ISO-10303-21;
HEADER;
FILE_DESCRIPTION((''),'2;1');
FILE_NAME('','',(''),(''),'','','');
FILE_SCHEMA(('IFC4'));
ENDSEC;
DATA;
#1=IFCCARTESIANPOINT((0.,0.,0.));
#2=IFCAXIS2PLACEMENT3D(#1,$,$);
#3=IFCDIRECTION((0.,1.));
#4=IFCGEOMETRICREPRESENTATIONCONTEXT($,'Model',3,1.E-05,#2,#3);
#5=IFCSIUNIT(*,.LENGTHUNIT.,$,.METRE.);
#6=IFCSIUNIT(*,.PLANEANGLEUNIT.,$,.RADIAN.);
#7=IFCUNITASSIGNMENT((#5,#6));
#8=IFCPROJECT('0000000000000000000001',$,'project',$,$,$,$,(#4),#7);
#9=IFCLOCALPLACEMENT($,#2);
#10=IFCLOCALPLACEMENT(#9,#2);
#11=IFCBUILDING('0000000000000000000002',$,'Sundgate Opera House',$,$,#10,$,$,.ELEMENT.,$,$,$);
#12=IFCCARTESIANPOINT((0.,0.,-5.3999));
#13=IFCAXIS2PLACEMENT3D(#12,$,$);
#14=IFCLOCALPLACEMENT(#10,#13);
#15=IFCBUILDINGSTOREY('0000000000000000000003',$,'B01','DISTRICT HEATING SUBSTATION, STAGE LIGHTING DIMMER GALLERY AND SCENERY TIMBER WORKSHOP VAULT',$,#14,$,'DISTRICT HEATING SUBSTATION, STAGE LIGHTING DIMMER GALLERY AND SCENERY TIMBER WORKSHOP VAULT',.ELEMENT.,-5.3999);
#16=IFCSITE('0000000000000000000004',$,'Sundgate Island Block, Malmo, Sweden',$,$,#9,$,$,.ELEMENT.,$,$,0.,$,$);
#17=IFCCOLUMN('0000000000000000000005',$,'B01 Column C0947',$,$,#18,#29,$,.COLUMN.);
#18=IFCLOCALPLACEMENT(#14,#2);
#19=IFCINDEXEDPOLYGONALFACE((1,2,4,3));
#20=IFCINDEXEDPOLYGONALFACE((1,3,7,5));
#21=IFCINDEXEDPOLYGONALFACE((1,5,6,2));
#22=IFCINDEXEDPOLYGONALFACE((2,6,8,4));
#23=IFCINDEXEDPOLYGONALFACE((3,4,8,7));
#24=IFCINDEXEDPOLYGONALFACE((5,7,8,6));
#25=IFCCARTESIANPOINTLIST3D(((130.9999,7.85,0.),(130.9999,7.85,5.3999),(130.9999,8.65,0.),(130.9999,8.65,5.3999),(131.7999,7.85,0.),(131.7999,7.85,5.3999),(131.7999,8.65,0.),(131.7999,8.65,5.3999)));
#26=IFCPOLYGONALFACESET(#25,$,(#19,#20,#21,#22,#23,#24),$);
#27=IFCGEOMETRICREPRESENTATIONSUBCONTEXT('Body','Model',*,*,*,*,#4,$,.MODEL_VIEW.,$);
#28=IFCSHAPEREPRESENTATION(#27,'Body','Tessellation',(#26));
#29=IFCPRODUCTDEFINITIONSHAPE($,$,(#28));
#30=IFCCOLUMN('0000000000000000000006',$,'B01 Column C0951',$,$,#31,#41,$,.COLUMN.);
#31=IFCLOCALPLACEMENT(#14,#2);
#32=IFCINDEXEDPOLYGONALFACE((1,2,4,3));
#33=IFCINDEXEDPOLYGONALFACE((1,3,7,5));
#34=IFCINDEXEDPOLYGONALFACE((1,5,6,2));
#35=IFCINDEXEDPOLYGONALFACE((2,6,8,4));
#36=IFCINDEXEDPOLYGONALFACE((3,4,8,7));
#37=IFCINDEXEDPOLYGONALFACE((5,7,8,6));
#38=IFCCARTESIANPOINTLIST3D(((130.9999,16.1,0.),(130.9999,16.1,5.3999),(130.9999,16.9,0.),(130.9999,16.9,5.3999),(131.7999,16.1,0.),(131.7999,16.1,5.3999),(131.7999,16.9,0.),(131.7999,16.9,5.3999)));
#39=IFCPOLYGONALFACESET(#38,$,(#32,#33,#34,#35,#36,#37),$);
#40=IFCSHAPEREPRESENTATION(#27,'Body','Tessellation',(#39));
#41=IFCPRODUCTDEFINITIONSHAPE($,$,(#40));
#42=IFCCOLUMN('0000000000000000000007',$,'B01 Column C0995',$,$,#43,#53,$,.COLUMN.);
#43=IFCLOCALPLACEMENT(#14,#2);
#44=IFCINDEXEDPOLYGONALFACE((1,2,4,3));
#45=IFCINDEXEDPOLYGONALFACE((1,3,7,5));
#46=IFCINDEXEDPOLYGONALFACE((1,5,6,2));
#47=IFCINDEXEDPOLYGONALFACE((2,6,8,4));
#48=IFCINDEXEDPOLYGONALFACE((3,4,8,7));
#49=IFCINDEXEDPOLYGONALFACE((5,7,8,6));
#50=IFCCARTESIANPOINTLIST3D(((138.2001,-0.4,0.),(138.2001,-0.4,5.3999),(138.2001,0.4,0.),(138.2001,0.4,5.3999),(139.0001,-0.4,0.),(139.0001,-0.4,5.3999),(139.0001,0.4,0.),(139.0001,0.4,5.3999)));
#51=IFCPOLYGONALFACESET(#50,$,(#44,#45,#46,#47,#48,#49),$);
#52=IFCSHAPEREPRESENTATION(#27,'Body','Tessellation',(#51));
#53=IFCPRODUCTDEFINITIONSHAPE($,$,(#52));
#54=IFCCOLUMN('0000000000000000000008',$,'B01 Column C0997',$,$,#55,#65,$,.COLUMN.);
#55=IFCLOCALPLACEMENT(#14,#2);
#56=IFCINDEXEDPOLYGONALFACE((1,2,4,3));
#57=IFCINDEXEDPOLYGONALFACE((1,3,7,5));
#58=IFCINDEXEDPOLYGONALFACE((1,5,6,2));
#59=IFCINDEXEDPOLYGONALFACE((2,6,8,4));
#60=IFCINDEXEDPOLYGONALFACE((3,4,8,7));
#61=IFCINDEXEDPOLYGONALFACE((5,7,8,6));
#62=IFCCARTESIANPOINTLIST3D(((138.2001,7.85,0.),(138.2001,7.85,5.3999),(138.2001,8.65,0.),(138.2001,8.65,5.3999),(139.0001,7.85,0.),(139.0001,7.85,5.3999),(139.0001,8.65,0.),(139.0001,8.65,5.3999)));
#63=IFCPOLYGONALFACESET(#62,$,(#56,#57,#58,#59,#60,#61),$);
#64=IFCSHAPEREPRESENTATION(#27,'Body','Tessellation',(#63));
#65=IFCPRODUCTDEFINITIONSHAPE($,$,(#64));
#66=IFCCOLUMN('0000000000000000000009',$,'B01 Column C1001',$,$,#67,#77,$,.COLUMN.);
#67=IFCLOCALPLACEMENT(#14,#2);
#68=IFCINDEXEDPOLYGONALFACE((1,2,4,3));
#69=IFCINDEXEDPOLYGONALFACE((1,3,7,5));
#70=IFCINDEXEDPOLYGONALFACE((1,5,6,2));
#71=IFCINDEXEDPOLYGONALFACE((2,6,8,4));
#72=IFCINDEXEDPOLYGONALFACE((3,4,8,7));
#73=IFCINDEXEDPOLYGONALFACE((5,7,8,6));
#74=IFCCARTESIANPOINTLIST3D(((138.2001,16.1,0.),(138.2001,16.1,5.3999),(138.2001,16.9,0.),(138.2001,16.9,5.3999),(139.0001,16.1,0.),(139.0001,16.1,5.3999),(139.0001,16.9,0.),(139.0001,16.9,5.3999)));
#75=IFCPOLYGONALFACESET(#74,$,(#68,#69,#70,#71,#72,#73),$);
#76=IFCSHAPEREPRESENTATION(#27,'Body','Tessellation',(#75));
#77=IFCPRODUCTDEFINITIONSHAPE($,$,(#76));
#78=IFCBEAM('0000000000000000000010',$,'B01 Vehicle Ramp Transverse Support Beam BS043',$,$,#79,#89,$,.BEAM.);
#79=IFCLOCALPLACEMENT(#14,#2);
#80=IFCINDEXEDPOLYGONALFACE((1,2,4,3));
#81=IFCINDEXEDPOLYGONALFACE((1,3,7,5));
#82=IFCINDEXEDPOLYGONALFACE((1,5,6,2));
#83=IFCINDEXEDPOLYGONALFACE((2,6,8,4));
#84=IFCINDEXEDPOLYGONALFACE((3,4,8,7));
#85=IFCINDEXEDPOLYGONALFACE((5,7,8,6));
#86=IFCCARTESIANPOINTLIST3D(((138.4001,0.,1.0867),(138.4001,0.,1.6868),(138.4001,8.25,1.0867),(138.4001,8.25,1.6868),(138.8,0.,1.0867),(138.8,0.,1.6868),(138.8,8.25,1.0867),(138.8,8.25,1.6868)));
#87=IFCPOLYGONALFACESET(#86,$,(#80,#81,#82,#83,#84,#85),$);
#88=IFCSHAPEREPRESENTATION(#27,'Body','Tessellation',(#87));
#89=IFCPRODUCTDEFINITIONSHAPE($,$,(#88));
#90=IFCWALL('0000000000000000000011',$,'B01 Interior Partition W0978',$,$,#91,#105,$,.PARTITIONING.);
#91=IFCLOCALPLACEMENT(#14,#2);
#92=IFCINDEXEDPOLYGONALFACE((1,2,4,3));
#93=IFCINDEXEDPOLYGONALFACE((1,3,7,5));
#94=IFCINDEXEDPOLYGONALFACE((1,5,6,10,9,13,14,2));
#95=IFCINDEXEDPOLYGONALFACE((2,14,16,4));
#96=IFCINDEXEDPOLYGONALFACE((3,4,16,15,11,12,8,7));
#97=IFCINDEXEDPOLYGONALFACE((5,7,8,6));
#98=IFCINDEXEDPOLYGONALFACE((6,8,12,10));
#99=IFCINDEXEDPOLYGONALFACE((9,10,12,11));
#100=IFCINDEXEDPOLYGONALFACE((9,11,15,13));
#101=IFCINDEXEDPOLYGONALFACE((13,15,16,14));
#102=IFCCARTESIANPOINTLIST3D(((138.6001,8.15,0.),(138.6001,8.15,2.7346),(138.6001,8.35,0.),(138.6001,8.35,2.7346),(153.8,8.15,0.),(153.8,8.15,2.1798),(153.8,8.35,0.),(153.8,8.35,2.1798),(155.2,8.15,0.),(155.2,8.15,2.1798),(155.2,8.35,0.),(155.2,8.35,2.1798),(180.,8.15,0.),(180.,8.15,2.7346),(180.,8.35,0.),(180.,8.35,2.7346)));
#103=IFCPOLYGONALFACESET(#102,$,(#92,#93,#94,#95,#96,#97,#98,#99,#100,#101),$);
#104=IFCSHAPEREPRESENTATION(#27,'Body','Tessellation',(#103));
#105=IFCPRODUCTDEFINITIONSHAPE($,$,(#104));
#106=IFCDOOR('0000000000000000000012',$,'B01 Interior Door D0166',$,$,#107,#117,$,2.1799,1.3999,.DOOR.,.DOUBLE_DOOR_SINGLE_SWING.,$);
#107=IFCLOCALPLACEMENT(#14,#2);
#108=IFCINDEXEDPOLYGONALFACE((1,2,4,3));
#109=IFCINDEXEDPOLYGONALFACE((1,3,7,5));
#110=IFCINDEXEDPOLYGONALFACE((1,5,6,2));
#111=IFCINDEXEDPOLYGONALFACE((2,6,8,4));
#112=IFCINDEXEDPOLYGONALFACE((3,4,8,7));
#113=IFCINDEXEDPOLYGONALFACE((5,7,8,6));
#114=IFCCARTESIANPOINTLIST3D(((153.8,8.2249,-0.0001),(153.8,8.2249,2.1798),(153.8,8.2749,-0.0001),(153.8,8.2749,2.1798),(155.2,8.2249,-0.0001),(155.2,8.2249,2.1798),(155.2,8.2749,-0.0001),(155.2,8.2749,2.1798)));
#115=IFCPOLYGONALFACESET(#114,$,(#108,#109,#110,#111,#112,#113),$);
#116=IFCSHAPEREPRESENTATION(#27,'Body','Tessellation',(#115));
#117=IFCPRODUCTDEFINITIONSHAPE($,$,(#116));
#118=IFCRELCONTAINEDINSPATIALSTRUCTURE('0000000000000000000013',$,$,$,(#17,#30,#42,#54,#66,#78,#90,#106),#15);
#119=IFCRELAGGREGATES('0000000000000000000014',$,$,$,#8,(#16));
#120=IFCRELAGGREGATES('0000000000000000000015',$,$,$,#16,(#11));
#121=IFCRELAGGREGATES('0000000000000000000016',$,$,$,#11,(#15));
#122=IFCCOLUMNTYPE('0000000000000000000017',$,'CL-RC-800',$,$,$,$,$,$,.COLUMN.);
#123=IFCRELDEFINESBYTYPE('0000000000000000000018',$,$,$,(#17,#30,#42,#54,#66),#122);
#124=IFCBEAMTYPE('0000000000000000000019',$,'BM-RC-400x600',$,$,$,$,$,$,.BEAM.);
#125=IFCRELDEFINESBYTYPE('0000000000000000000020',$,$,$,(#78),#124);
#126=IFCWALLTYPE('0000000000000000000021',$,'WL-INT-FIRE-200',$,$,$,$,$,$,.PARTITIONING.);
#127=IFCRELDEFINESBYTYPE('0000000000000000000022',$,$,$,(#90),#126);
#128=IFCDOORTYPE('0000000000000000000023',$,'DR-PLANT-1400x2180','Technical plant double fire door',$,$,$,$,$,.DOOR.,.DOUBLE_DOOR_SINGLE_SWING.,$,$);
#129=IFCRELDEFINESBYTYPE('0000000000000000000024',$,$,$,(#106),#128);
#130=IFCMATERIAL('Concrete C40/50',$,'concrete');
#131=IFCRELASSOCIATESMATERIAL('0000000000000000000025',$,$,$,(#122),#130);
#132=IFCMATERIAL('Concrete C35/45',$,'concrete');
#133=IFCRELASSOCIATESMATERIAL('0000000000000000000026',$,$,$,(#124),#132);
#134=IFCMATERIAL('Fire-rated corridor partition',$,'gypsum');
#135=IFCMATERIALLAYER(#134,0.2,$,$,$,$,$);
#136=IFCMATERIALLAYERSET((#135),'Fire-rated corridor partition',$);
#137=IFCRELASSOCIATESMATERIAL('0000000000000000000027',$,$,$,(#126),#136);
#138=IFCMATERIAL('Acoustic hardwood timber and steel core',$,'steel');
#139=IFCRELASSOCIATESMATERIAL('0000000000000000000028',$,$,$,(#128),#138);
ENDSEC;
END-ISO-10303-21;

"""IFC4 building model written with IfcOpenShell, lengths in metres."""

from ifc_helpers import new_model, si_unit, direction, frame, frame_2d, origin, origin_2d, place, context, subcontext, project, spatial, rectangle, extrude, material, layer, layer_set, material_profile, profile_set, type_object, element, fill, save


model = new_model("IFC4")

# Units and contexts
model_context = context("Model", 3, precision=1e-05, world=origin(), true_north=direction((0.0, 1.0)))
body_context = subcontext(model_context, "Body", "Model", "MODEL_VIEW")
ifc_project = project(units=[si_unit("LENGTHUNIT", "METRE"), si_unit("PLANEANGLEUNIT", "RADIAN")], contexts=[model_context])

# Site, building, storey
site_placement = place(None, origin())
site = spatial("IfcSite", under=ifc_project, at=site_placement, Name="Sundgate Island Block, Malmo, Sweden", CompositionType="ELEMENT", RefElevation=0.0)
building_placement = place(site_placement, origin())
building = spatial("IfcBuilding", under=site, at=building_placement, Name="Sundgate Opera House", CompositionType="ELEMENT")
storey_placement = place(building_placement, frame((0.0, 0.0, -5.3999)))
storey = spatial("IfcBuildingStorey", under=building, at=storey_placement, Name="B01", Description="DISTRICT HEATING SUBSTATION, STAGE LIGHTING DIMMER GALLERY AND SCENERY TIMBER WORKSHOP VAULT", LongName="DISTRICT HEATING SUBSTATION, STAGE LIGHTING DIMMER GALLERY AND SCENERY TIMBER WORKSHOP VAULT", CompositionType="ELEMENT", Elevation=-5.3999)

# Columns
ifc_material_1 = material(Name="Concrete C40/50", Category="concrete")
ifc_material_profile_1 = material_profile(ifc_material_1, rectangle(XDim=0.8, YDim=0.8, at=origin_2d()), Name="RC 800x800")
ifc_profile_set_1 = profile_set([ifc_material_profile_1], Name="Concrete C40/50")
column_type = type_object("IfcColumnType", Name="CL-RC-800", PredefinedType="COLUMN", material=ifc_profile_set_1)
for number, where, z_axis, x_axis, name in (
    (1, (131.3999, 8.25, 0.0), (0.0, 0.0, 1.0), (1.0, 0.0, 0.0), "B01 Column C0947"),
    (2, (131.3999, 16.5, 0.0), (0.0, 0.0, 1.0), (1.0, 0.0, 0.0), "B01 Column C0951"),
    (3, (138.6001, 0.0, 0.0), (0.0, 0.0, 1.0), (1.0, 0.0, 0.0), "B01 Column C0995"),
    (4, (138.6001, 8.25, 0.0), (0.0, 0.0, 1.0), (1.0, 0.0, 0.0), "B01 Column C0997"),
    (5, (138.6001, 16.5, 0.0), (0.0, 0.0, 1.0), (1.0, 0.0, 0.0), "B01 Column C1001"),
):
    element("IfcColumn", number, at=place(storey_placement, frame(where, z_axis=z_axis, x_axis=x_axis)), inside=storey, type_object=column_type, Name=name, PredefinedType="COLUMN", context=body_context, shape_type="SweptSolid", body=[
        extrude(rectangle(XDim=0.8, YDim=0.8, at=origin_2d()), origin(), (0.0, 0.0, 1.0), 5.3999),
    ])

# Beam
ifc_material_2 = material(Name="Concrete C35/45", Category="concrete")
ifc_material_profile_2 = material_profile(ifc_material_2, rectangle(XDim=0.3999, YDim=0.6001, at=origin_2d()), Name="RC 400x600")
ifc_profile_set_2 = profile_set([ifc_material_profile_2], Name="Concrete C35/45")
beam_type = type_object("IfcBeamType", Name="BM-RC-400x600", PredefinedType="BEAM", material=ifc_profile_set_2)
beam_placement = place(storey_placement, frame((138.6001, 0.0, 1.3867), z_axis=(0.0, 1.0, 0.0), x_axis=(-1.0, 0.0, 0.0)))
element("IfcBeam", 6, at=beam_placement, inside=storey, type_object=beam_type, Name="B01 Vehicle Ramp Transverse Support Beam BS043", PredefinedType="BEAM", context=body_context, shape_type="SweptSolid", body=[
    extrude(rectangle(XDim=0.3999, YDim=0.6001, at=origin_2d()), origin(), (0.0, 0.0, 1.0), 8.25),
])

# Wall, opening, door
ifc_material_3 = material(Name="Fire-rated corridor partition", Category="gypsum")
ifc_layer = layer(ifc_material_3, 0.2)
ifc_layer_set = layer_set([ifc_layer], Name="Fire-rated corridor partition")
wall_type = type_object("IfcWallType", Name="WL-INT-FIRE-200", PredefinedType="PARTITIONING", material=ifc_layer_set)
wall_placement = place(storey_placement, frame((138.6001, 8.25, 0.0), z_axis=(0.0, 0.0, 1.0), x_axis=(1.0, 0.0, 0.0)))
wall = element("IfcWall", 7, at=wall_placement, inside=storey, type_object=wall_type, Name="B01 Interior Partition W0978", PredefinedType="PARTITIONING", context=body_context, shape_type="SweptSolid", body=[
    extrude(rectangle(XDim=41.3999, YDim=0.2, at=frame_2d((20.7, 0.0))), origin(), (0.0, 0.0, 1.0), 2.7346),
])
opening_placement = place(wall_placement, frame((15.2, 0.0, 0.0)))
opening = element("IfcOpeningElement", 8, at=opening_placement, cuts=wall, PredefinedType="OPENING", context=body_context, shape_type="SweptSolid", body=[
    extrude(rectangle(XDim=1.3999, YDim=2.1799, at=frame_2d((0.7, 1.0898))), frame((0.0, 0.1099, 0.0), z_axis=(0.0, -1.0, 0.0), x_axis=(1.0, 0.0, 0.0)), (0.0, 0.0, 1.0), 0.22),
])
ifc_material_4 = material(Name="Acoustic hardwood timber and steel core", Category="steel")
door_type = type_object("IfcDoorType", Name="DR-PLANT-1400x2180", Description="Technical plant double fire door", OperationType="DOUBLE_DOOR_SINGLE_SWING", PredefinedType="DOOR", material=ifc_material_4)
door_placement = place(opening_placement, origin())
door = element("IfcDoor", 9, at=door_placement, inside=storey, type_object=door_type, Name="B01 Interior Door D0166", OperationType="DOUBLE_DOOR_SINGLE_SWING", OverallHeight=2.1799, OverallWidth=1.3999, PredefinedType="DOOR", context=body_context, shape_type="SweptSolid", body=[
    extrude(rectangle(XDim=1.3999, YDim=2.1799, at=frame_2d((0.7, 1.0898))), frame((0.0, 0.0249, 0.0), z_axis=(0.0, -1.0, 0.0), x_axis=(1.0, 0.0, 0.0)), (0.0, 0.0, 1.0), 0.05),
])
fill(opening, door)

save(model, "model.ifc")
